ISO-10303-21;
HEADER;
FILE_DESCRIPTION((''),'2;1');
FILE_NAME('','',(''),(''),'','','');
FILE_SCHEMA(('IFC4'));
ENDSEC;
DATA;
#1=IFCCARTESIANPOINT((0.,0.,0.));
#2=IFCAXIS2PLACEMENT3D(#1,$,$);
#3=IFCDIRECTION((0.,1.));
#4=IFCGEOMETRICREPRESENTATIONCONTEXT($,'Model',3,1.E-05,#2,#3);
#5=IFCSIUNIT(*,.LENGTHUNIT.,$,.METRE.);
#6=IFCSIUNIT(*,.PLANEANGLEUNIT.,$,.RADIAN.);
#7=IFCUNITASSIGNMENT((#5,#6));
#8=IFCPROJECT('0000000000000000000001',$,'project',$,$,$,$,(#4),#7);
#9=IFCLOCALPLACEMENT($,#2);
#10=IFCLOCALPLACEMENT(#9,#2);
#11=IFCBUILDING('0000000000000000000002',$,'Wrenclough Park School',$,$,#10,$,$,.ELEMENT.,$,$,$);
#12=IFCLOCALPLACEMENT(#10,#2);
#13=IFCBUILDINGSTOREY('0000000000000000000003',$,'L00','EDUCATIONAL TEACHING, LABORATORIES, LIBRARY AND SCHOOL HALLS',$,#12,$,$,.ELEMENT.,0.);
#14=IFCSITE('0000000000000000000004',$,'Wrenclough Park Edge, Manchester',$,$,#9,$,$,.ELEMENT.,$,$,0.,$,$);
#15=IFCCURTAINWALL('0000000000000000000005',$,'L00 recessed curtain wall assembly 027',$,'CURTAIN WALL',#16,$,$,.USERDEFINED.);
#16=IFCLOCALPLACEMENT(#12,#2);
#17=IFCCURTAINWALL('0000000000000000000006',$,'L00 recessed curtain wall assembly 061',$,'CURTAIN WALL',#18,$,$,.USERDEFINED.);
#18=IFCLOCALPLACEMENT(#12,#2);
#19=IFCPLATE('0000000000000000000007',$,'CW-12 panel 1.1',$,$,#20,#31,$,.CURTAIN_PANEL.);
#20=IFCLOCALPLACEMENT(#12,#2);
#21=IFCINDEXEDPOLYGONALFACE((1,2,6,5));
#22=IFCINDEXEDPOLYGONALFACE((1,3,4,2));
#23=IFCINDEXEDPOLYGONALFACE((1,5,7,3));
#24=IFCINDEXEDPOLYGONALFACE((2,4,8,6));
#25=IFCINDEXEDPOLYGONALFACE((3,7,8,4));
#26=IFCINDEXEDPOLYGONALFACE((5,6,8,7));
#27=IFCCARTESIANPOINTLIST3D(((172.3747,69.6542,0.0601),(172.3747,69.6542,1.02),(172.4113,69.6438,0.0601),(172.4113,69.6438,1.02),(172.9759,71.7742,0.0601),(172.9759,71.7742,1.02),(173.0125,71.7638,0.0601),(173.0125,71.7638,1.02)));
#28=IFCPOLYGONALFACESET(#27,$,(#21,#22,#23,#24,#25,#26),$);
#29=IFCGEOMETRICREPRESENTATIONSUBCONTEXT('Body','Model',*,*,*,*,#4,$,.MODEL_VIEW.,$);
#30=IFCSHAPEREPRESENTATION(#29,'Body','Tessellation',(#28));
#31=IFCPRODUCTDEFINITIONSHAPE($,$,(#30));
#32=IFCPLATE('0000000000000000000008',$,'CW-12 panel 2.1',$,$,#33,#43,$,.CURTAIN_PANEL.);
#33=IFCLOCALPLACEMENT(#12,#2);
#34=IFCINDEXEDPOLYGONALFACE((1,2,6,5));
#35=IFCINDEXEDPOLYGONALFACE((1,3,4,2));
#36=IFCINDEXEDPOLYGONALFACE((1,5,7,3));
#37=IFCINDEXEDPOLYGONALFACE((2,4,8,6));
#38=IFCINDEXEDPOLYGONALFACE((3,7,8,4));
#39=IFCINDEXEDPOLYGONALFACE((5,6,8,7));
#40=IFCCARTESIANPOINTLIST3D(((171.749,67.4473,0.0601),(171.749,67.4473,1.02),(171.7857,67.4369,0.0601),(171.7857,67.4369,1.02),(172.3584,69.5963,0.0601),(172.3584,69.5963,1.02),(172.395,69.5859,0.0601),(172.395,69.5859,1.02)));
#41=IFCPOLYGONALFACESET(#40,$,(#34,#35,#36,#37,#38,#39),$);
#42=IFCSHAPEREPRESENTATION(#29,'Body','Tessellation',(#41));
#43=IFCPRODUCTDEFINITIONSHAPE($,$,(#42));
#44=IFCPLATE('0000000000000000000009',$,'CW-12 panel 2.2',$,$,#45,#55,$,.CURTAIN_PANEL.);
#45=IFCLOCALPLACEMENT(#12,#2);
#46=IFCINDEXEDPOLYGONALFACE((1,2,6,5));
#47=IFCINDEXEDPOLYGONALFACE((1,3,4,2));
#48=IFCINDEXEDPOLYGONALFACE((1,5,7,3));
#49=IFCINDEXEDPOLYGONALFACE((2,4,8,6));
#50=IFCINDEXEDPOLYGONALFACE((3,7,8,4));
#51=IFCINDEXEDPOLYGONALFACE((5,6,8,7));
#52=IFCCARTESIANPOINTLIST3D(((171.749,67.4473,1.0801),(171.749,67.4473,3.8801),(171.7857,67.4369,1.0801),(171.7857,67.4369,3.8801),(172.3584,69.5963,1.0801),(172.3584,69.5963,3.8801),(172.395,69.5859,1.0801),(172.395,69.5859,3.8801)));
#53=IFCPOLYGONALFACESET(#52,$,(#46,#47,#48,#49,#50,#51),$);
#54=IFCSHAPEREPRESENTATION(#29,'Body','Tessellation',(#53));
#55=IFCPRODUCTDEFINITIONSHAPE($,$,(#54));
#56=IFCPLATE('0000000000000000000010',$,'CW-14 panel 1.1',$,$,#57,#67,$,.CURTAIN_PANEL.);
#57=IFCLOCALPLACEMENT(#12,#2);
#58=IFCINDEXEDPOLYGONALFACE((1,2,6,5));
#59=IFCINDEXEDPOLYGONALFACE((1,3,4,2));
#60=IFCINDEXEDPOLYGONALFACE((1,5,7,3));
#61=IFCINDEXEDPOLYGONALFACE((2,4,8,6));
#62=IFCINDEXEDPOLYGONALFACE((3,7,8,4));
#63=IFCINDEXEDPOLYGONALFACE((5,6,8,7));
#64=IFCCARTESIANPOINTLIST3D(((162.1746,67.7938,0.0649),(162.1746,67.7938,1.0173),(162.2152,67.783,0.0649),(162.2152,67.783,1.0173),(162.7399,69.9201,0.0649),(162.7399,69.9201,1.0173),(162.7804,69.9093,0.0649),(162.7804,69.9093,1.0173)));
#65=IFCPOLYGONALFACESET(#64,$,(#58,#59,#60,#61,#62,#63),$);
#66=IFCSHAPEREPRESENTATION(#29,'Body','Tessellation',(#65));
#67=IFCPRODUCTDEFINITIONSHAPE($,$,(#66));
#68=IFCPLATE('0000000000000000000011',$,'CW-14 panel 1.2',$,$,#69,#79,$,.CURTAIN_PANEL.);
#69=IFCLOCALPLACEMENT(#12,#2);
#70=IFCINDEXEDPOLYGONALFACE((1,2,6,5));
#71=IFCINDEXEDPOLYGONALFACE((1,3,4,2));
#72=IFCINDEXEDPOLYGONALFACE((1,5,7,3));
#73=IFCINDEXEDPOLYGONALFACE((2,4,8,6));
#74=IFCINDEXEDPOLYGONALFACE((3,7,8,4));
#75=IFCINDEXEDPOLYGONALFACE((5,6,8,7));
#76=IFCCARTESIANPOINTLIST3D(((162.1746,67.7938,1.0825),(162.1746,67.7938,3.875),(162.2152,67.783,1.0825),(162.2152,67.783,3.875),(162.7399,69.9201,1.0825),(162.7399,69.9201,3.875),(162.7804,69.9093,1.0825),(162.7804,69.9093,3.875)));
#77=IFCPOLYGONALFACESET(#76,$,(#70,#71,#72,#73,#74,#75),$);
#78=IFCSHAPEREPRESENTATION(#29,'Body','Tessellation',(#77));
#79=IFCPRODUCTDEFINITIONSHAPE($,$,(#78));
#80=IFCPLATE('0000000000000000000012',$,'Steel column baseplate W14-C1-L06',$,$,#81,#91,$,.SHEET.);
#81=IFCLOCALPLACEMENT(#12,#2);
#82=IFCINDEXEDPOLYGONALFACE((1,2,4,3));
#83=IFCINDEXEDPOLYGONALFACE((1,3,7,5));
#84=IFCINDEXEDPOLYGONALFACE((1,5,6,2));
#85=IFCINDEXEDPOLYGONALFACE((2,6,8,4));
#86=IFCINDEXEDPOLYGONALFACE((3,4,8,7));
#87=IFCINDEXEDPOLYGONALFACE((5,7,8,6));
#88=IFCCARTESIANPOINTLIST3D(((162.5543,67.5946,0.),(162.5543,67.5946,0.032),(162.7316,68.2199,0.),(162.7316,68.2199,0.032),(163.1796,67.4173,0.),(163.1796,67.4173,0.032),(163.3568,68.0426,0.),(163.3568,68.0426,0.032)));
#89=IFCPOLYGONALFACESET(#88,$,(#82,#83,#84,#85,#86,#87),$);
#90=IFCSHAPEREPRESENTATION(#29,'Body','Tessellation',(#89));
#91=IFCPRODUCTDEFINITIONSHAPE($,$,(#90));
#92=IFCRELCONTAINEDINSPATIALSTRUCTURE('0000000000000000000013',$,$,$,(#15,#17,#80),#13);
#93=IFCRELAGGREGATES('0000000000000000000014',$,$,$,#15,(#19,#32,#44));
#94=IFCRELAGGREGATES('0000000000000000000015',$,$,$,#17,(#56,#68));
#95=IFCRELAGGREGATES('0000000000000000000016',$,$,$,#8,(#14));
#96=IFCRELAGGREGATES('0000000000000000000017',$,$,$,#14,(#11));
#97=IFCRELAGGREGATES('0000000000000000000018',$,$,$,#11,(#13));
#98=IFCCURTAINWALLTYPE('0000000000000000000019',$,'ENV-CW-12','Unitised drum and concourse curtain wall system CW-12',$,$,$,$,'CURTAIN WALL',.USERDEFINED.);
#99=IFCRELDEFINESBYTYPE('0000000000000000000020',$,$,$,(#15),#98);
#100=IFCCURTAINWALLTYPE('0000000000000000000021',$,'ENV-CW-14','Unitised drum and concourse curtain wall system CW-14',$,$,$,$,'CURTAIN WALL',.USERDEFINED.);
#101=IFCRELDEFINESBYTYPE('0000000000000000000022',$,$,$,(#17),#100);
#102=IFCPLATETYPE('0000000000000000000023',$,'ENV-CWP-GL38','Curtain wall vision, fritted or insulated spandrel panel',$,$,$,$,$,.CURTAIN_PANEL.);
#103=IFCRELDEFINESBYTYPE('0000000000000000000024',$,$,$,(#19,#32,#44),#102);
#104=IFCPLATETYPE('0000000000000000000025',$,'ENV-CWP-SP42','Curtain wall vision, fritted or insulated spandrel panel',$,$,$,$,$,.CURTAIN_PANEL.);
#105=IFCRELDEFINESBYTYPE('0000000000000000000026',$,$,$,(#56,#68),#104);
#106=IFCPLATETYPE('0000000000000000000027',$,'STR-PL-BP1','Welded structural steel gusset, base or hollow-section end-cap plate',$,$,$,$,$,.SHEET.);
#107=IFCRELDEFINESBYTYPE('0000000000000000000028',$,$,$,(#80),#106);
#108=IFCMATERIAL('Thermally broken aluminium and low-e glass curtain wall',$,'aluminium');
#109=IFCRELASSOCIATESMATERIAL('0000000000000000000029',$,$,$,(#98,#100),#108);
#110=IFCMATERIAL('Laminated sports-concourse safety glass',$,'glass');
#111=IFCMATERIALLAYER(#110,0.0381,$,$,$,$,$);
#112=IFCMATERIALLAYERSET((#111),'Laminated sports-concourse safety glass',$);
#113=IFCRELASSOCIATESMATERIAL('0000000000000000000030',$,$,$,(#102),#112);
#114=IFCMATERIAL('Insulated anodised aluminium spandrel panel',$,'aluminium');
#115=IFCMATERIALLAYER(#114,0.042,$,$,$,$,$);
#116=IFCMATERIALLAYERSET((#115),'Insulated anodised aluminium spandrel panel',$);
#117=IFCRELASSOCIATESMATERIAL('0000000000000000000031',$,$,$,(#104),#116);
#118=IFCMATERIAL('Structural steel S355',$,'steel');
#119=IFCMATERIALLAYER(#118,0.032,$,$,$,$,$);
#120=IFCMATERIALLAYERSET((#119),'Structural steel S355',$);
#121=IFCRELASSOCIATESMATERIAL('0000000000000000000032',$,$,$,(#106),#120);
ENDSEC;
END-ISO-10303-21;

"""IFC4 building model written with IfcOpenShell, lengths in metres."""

from ifc_helpers import new_model, si_unit, direction, frame, origin, origin_2d, place, context, subcontext, project, spatial, rectangle, extrude, material, layer, layer_set, type_object, element, aggregate, save


model = new_model("IFC4")

# Units and contexts
model_context = context("Model", 3, precision=1e-05, world=origin(), true_north=direction((0.0, 1.0)))
body_context = subcontext(model_context, "Body", "Model", "MODEL_VIEW")
ifc_project = project(units=[si_unit("LENGTHUNIT", "METRE"), si_unit("PLANEANGLEUNIT", "RADIAN")], contexts=[model_context])

# Site, building, storey
site_placement = place(None, origin())
site = spatial("IfcSite", under=ifc_project, at=site_placement, Name="Wrenclough Park Edge, Manchester", CompositionType="ELEMENT", RefElevation=0.0)
building_placement = place(site_placement, origin())
building = spatial("IfcBuilding", under=site, at=building_placement, Name="Wrenclough Park School", CompositionType="ELEMENT")
storey_placement = place(building_placement, origin())
storey = spatial("IfcBuildingStorey", under=building, at=storey_placement, Name="L00", Description="EDUCATIONAL TEACHING, LABORATORIES, LIBRARY AND SCHOOL HALLS", CompositionType="ELEMENT", Elevation=0.0)

# Shared definitions
ifc_material_1 = material(Name="Structural steel S355", Category="steel")

# Curtain walls
ifc_material_2 = material(Name="Thermally broken aluminium and low-e glass curtain wall", Category="aluminium")
curtain_wall_type_1 = type_object("IfcCurtainWallType", Name="ENV-CW-12", Description="Unitised drum and concourse curtain wall system CW-12", ElementType="CURTAIN WALL", PredefinedType="USERDEFINED", material=ifc_material_2)
curtain_wall_1_placement = place(storey_placement, origin())
curtain_wall_1 = element("IfcCurtainWall", 1, at=curtain_wall_1_placement, inside=storey, type_object=curtain_wall_type_1, Name="L00 recessed curtain wall assembly 027", ObjectType="CURTAIN WALL", PredefinedType="USERDEFINED")
curtain_wall_type_2 = type_object("IfcCurtainWallType", Name="ENV-CW-14", Description="Unitised drum and concourse curtain wall system CW-14", ElementType="CURTAIN WALL", PredefinedType="USERDEFINED", material=ifc_material_2)
curtain_wall_2_placement = place(storey_placement, origin())
curtain_wall_2 = element("IfcCurtainWall", 2, at=curtain_wall_2_placement, inside=storey, type_object=curtain_wall_type_2, Name="L00 recessed curtain wall assembly 061", ObjectType="CURTAIN WALL", PredefinedType="USERDEFINED")

# Plates
ifc_material_3 = material(Name="Laminated sports-concourse safety glass", Category="glass")
ifc_layer_1 = layer(ifc_material_3, 0.0381)
ifc_layer_set_1 = layer_set([ifc_layer_1], Name="Laminated sports-concourse safety glass")
plate_type_1 = type_object("IfcPlateType", Name="ENV-CWP-GL38", Description="Curtain wall vision, fritted or insulated spandrel panel", PredefinedType="CURTAIN_PANEL", material=ifc_layer_set_1)
plate_1_placement = place(storey_placement, frame((172.6936, 70.709, 0.0601), z_axis=(0.0, 0.0, 1.0), x_axis=(-0.272809, -0.962068, 0.0)))
plate_1 = element("IfcPlate", 3, at=plate_1_placement, type_object=plate_type_1, Name="CW-12 panel 1.1", PredefinedType="CURTAIN_PANEL", context=body_context, shape_type="SweptSolid", body=[
    extrude(rectangle(XDim=2.2036, YDim=0.0381, at=origin_2d()), origin(), (0.0, 0.0, 1.0), 0.96),
])
plate_2_placement = place(storey_placement, frame((172.072, 68.5166, 0.0601), z_axis=(0.0, 0.0, 1.0), x_axis=(-0.272809, -0.962068, 0.0)))
plate_2 = element("IfcPlate", 4, at=plate_2_placement, type_object=plate_type_1, Name="CW-12 panel 2.1", PredefinedType="CURTAIN_PANEL", context=body_context, shape_type="SweptSolid", body=[
    extrude(rectangle(XDim=2.2336, YDim=0.0381, at=origin_2d()), origin(), (0.0, 0.0, 1.0), 0.96),
])
plate_3_placement = place(storey_placement, frame((172.072, 68.5166, 1.0801), z_axis=(0.0, 0.0, 1.0), x_axis=(-0.272809, -0.962068, 0.0)))
plate_3 = element("IfcPlate", 5, at=plate_3_placement, type_object=plate_type_1, Name="CW-12 panel 2.2", PredefinedType="CURTAIN_PANEL", context=body_context, shape_type="SweptSolid", body=[
    extrude(rectangle(XDim=2.2336, YDim=0.0381, at=origin_2d()), origin(), (0.0, 0.0, 1.0), 2.8),
])
aggregate(curtain_wall_1, [plate_1, plate_2, plate_3])
ifc_material_4 = material(Name="Insulated anodised aluminium spandrel panel", Category="aluminium")
ifc_layer_2 = layer(ifc_material_4, 0.042)
ifc_layer_set_2 = layer_set([ifc_layer_2], Name="Insulated anodised aluminium spandrel panel")
plate_type_2 = type_object("IfcPlateType", Name="ENV-CWP-SP42", Description="Curtain wall vision, fritted or insulated spandrel panel", PredefinedType="CURTAIN_PANEL", material=ifc_layer_set_2)
plate_4_placement = place(storey_placement, frame((162.4775, 68.8516, 0.0649), z_axis=(0.0, 0.0, 1.0), x_axis=(0.2569, 0.966438, 0.0)))
plate_4 = element("IfcPlate", 6, at=plate_4_placement, type_object=plate_type_2, Name="CW-14 panel 1.1", PredefinedType="CURTAIN_PANEL", context=body_context, shape_type="SweptSolid", body=[
    extrude(rectangle(XDim=2.2002, YDim=0.042, at=origin_2d()), origin(), (0.0, 0.0, 1.0), 0.9524),
])
plate_5_placement = place(storey_placement, frame((162.4775, 68.8516, 1.0825), z_axis=(0.0, 0.0, 1.0), x_axis=(0.2569, 0.966438, 0.0)))
plate_5 = element("IfcPlate", 7, at=plate_5_placement, type_object=plate_type_2, Name="CW-14 panel 1.2", PredefinedType="CURTAIN_PANEL", context=body_context, shape_type="SweptSolid", body=[
    extrude(rectangle(XDim=2.2002, YDim=0.042, at=origin_2d()), origin(), (0.0, 0.0, 1.0), 2.7925),
])
aggregate(curtain_wall_2, [plate_4, plate_5])
ifc_layer_3 = layer(ifc_material_1, 0.032)
ifc_layer_set_3 = layer_set([ifc_layer_3], Name="Structural steel S355")
plate_type_3 = type_object("IfcPlateType", Name="STR-PL-BP1", Description="Welded structural steel gusset, base or hollow-section end-cap plate", PredefinedType="SHEET", material=ifc_layer_set_3)
plate_6_placement = place(storey_placement, frame((162.9556, 67.8186, 0.0), z_axis=(0.0, 0.0, 1.0), x_axis=(0.272784, 0.962075, 0.0)))
element("IfcPlate", 8, at=plate_6_placement, inside=storey, type_object=plate_type_3, Name="Steel column baseplate W14-C1-L06", PredefinedType="SHEET", context=body_context, shape_type="SweptSolid", body=[
    extrude(rectangle(XDim=0.6499, YDim=0.6499, at=origin_2d()), origin(), (0.0, 0.0, 1.0), 0.032),
])

save(model, "model.ifc")
